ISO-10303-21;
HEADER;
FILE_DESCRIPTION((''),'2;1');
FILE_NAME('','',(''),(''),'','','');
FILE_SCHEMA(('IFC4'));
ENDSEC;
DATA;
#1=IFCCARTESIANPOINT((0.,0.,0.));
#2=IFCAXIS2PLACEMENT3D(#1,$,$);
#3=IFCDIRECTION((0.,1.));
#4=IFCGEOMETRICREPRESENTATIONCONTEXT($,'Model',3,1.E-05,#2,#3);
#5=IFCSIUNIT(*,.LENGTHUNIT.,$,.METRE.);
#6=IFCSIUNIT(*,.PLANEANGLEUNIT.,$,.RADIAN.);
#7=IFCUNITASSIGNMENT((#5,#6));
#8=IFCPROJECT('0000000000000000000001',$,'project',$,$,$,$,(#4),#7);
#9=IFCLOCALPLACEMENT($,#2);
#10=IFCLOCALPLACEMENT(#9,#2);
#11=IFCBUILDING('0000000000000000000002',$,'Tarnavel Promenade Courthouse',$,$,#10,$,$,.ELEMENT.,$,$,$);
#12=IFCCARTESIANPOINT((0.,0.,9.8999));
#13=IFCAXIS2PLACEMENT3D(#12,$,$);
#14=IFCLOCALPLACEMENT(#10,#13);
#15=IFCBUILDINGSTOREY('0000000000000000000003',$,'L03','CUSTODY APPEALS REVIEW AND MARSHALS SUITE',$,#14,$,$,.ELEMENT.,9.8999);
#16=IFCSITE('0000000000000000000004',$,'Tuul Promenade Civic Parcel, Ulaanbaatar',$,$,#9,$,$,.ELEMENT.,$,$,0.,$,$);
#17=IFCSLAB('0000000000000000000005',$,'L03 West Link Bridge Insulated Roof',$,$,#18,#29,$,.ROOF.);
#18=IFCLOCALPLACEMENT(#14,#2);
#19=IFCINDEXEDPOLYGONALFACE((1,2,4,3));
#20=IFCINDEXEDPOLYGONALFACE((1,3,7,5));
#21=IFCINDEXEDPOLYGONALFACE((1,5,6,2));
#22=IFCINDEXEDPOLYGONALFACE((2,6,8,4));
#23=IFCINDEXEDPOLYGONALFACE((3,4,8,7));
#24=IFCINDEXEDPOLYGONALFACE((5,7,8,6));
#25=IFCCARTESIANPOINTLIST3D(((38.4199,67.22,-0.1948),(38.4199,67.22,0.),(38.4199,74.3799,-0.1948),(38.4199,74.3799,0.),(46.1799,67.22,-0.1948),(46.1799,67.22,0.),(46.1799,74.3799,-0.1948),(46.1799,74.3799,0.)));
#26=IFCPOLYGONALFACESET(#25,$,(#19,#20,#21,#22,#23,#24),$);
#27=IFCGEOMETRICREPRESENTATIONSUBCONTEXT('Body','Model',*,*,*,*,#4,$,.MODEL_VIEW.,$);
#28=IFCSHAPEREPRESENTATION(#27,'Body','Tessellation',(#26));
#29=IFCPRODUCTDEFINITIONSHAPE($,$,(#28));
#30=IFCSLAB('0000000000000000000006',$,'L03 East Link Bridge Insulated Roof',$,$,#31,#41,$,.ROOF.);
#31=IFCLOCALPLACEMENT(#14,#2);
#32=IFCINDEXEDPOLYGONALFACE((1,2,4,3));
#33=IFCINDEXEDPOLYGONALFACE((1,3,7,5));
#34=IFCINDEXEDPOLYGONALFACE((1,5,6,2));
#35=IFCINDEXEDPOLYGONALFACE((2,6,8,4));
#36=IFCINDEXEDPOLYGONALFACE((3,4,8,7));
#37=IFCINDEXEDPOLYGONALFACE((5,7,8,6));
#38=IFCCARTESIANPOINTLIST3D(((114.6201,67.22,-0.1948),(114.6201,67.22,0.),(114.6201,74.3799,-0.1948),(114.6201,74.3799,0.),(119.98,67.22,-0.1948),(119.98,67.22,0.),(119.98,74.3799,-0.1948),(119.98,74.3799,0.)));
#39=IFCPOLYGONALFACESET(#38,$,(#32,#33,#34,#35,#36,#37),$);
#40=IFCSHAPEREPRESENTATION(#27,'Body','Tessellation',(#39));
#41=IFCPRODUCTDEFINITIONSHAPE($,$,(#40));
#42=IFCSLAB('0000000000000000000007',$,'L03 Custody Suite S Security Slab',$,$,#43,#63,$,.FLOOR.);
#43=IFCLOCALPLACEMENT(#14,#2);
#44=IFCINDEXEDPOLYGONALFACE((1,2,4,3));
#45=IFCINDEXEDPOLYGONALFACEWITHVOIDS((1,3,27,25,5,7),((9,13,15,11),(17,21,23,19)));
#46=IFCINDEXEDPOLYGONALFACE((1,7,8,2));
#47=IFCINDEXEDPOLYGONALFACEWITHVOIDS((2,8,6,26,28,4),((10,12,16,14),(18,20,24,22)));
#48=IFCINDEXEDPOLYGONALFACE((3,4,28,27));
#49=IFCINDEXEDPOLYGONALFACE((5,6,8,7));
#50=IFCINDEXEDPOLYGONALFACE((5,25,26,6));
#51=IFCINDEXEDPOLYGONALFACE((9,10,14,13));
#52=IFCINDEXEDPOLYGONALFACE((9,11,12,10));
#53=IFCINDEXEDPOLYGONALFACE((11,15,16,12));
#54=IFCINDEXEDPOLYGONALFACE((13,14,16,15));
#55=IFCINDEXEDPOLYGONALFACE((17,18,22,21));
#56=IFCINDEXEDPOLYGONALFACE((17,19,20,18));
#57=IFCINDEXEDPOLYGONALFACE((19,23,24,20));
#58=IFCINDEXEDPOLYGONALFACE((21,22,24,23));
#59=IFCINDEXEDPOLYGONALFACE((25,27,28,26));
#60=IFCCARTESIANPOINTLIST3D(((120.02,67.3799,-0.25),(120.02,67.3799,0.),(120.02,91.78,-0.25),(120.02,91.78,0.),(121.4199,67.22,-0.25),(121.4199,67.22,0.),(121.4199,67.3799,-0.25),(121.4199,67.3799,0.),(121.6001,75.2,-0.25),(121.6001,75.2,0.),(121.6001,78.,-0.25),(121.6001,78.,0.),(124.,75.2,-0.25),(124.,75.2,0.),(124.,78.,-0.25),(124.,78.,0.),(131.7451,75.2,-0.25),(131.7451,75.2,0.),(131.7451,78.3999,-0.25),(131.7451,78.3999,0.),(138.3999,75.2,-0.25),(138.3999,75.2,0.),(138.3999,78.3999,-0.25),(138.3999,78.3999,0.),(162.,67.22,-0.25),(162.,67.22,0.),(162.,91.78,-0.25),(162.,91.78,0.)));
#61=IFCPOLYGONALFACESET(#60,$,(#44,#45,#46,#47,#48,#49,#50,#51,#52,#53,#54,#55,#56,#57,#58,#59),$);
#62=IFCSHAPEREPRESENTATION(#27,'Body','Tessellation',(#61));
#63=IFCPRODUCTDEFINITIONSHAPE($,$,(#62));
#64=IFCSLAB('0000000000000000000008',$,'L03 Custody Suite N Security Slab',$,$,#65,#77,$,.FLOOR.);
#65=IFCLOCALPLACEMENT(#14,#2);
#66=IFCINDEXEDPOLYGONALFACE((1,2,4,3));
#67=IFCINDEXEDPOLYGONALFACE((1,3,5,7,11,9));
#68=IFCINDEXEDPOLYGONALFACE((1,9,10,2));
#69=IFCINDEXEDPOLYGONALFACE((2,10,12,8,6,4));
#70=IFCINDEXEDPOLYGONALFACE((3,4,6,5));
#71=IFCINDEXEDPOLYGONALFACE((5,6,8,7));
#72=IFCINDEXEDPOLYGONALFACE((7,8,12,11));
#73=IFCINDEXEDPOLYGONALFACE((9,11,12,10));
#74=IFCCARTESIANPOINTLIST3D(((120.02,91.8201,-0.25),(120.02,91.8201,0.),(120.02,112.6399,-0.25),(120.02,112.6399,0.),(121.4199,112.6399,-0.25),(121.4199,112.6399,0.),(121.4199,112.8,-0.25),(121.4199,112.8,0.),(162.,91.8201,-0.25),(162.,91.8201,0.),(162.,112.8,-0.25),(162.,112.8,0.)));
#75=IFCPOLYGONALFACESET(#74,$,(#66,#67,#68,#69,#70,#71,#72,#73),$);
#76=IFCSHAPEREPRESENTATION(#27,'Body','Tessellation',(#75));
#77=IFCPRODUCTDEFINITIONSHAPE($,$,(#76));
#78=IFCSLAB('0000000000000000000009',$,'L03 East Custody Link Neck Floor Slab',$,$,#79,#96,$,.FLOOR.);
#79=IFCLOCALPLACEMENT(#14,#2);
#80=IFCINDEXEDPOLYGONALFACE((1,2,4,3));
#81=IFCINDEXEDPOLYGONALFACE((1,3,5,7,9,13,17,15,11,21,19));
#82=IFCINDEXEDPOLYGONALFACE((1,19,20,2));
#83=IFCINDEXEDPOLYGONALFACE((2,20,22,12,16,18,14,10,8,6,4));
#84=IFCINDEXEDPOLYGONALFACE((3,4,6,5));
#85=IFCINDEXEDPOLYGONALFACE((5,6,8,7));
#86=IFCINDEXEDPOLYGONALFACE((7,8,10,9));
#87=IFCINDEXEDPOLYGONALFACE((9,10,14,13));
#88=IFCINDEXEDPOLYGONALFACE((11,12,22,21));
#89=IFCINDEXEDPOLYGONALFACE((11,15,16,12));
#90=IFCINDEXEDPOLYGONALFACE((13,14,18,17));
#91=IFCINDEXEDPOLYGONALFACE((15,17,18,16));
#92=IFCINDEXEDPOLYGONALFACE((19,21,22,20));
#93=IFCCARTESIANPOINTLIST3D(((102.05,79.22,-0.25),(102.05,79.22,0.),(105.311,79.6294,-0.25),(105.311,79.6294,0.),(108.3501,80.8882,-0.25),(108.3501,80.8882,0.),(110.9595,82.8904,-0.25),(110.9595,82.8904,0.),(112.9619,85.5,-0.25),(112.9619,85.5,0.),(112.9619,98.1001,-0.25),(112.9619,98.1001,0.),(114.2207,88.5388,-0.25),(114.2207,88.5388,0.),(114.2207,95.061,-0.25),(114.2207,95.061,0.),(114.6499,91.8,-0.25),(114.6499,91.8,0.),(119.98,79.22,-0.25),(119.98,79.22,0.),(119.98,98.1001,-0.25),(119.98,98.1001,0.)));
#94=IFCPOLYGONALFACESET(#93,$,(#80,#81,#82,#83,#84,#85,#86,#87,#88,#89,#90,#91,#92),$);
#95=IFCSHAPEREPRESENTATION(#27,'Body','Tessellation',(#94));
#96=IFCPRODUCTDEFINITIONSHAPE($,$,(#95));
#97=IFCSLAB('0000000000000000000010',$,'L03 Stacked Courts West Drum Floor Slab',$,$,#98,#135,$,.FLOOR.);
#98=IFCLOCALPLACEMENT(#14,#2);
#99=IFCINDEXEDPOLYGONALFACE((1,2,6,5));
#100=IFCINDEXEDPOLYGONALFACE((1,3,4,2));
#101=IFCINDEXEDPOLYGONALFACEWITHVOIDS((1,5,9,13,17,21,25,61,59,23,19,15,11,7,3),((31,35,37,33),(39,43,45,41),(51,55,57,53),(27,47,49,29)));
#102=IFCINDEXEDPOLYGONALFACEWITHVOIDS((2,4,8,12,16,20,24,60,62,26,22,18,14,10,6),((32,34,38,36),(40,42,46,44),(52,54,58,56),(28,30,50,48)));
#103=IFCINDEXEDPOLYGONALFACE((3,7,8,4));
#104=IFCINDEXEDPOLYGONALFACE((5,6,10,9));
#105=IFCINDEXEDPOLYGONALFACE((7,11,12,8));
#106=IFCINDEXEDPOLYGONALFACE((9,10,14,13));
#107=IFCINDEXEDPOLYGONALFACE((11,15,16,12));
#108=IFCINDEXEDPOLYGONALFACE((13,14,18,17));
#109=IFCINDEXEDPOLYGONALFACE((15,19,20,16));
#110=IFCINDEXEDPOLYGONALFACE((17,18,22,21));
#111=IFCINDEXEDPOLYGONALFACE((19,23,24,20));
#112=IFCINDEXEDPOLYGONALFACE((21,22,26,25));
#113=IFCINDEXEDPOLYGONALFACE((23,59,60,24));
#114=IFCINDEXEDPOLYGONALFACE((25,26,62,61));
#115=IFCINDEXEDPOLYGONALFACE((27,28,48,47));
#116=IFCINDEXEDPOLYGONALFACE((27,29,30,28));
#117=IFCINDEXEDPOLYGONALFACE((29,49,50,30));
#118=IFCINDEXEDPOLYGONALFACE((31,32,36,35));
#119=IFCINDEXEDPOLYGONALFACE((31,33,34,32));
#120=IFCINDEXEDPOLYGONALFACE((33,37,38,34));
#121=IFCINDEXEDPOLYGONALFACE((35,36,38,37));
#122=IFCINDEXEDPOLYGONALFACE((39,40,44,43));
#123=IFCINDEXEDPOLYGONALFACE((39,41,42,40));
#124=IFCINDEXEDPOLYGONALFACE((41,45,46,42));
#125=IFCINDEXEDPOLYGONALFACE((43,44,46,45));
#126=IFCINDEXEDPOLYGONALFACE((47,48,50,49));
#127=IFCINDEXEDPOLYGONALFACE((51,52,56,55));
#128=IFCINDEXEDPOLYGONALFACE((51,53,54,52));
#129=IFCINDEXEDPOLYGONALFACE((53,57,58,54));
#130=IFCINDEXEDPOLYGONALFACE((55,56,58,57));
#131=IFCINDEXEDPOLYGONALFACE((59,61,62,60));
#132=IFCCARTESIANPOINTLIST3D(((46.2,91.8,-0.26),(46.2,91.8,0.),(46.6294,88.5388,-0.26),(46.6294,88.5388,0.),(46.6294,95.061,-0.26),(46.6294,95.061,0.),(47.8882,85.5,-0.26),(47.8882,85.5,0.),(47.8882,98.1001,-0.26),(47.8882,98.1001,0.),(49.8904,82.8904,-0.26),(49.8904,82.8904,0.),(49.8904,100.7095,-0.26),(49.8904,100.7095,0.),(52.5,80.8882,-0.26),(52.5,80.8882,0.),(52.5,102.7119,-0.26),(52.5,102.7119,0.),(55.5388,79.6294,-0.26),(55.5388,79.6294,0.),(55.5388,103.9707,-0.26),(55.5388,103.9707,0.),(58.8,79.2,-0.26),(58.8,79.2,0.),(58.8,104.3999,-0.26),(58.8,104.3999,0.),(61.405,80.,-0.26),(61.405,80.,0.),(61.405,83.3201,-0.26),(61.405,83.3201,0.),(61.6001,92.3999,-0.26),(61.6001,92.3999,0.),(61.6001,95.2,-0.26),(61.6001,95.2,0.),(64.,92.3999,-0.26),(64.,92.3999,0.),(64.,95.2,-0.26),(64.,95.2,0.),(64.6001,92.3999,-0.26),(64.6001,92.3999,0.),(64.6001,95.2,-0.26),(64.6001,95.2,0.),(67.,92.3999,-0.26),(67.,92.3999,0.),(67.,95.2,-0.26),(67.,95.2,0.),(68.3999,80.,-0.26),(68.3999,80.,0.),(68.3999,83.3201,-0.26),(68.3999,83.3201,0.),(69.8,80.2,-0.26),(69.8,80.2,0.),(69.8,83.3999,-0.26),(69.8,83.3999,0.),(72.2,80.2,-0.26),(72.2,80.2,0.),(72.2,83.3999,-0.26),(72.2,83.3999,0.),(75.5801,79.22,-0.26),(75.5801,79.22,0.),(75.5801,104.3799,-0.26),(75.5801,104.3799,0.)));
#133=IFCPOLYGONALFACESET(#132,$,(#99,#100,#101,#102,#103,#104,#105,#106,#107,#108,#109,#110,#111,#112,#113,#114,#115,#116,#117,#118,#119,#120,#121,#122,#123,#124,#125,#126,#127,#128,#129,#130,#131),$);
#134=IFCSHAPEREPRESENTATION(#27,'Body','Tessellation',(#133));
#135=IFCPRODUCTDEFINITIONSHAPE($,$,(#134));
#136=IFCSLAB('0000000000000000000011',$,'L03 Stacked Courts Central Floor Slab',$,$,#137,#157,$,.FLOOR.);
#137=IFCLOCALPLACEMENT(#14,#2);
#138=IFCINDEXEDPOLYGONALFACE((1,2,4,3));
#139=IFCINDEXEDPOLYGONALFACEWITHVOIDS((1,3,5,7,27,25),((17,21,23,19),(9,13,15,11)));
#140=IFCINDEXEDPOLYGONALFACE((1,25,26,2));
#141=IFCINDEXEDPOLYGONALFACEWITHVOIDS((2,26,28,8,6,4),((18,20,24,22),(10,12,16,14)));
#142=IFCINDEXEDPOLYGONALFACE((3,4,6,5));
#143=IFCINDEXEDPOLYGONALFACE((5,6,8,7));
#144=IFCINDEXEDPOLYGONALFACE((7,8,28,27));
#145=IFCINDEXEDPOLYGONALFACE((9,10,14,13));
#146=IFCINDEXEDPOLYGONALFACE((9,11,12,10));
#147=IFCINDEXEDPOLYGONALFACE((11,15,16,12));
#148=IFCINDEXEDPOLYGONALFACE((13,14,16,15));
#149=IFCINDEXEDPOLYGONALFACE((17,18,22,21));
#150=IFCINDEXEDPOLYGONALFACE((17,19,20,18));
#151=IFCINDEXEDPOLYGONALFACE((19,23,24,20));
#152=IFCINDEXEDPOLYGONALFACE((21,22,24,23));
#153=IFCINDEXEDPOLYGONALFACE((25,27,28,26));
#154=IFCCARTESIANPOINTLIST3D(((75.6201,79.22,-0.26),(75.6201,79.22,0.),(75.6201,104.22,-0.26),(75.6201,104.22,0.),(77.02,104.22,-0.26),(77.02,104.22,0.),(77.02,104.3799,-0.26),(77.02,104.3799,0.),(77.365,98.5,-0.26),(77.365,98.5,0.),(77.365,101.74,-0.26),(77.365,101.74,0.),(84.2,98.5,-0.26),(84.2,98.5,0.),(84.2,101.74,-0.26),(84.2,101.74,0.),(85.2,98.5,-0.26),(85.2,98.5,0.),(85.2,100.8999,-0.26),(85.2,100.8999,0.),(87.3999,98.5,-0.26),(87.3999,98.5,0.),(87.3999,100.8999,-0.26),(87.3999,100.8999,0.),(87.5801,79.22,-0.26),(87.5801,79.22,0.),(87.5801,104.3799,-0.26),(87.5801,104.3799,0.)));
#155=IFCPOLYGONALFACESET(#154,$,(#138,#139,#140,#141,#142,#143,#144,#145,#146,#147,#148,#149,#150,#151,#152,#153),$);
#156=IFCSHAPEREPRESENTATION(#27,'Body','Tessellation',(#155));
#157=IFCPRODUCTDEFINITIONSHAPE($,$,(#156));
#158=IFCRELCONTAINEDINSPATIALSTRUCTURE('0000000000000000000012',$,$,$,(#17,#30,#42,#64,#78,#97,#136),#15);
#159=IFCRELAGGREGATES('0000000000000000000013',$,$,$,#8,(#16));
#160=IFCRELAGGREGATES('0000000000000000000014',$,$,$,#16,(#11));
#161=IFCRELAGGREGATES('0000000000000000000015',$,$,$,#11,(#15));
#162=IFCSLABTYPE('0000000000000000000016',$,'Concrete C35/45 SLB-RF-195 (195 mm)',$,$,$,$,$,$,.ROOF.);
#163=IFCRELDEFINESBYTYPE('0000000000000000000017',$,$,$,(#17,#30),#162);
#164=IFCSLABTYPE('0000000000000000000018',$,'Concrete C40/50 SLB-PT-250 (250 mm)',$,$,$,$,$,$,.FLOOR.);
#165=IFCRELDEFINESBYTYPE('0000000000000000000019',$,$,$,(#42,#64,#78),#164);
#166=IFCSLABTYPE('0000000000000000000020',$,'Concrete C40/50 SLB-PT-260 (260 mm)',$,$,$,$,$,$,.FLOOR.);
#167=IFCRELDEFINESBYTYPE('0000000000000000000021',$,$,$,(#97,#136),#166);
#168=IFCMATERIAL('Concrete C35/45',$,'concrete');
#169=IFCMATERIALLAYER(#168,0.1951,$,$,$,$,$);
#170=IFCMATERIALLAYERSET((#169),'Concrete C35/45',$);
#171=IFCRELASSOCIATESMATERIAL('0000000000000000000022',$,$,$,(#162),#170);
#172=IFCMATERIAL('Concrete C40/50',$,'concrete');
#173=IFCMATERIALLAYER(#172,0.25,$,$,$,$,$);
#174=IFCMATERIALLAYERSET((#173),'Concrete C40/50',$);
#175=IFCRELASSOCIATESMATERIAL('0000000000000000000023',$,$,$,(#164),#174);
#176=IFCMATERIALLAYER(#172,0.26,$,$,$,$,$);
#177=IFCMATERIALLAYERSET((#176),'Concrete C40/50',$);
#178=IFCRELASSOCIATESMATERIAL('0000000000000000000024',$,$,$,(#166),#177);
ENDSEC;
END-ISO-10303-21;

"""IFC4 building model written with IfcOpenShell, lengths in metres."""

from ifc_helpers import new_model, si_unit, direction, frame, origin, place, context, subcontext, project, spatial, polyline, outline, extrude, material, layer, layer_set, type_object, element, save


model = new_model("IFC4")

# Units and contexts
model_context = context("Model", 3, precision=1e-05, world=origin(), true_north=direction((0.0, 1.0)))
body_context = subcontext(model_context, "Body", "Model", "MODEL_VIEW")
ifc_project = project(units=[si_unit("LENGTHUNIT", "METRE"), si_unit("PLANEANGLEUNIT", "RADIAN")], contexts=[model_context])

# Site, building, storey
site_placement = place(None, origin())
site = spatial("IfcSite", under=ifc_project, at=site_placement, Name="Tuul Promenade Civic Parcel, Ulaanbaatar", CompositionType="ELEMENT", RefElevation=0.0)
building_placement = place(site_placement, origin())
building = spatial("IfcBuilding", under=site, at=building_placement, Name="Tarnavel Promenade Courthouse", CompositionType="ELEMENT")
storey_placement = place(building_placement, frame((0.0, 0.0, 9.8999)))
storey = spatial("IfcBuildingStorey", under=building, at=storey_placement, Name="L03", Description="CUSTODY APPEALS REVIEW AND MARSHALS SUITE", CompositionType="ELEMENT", Elevation=9.8999)

# Slabs
ifc_material_1 = material(Name="Concrete C35/45", Category="concrete")
ifc_layer_1 = layer(ifc_material_1, 0.1951)
ifc_layer_set_1 = layer_set([ifc_layer_1], Name="Concrete C35/45")
slab_type_1 = type_object("IfcSlabType", Name="Concrete C35/45 SLB-RF-195 (195 mm)", PredefinedType="ROOF", material=ifc_layer_set_1)
slab_1_placement = place(storey_placement, frame((0.0, 0.0, -0.1948)))
element("IfcSlab", 1, at=slab_1_placement, inside=storey, type_object=slab_type_1, Name="L03 West Link Bridge Insulated Roof", PredefinedType="ROOF", context=body_context, shape_type="SweptSolid", body=[
    extrude(outline(polyline([(38.4199, 67.22), (46.1799, 67.22), (46.1799, 74.3799), (38.4199, 74.3799), (38.4199, 67.22)])), origin(), (0.0, 0.0, 1.0), 0.1948),
])
slab_2_placement = place(storey_placement, frame((0.0, 0.0, -0.1948)))
element("IfcSlab", 2, at=slab_2_placement, inside=storey, type_object=slab_type_1, Name="L03 East Link Bridge Insulated Roof", PredefinedType="ROOF", context=body_context, shape_type="SweptSolid", body=[
    extrude(outline(polyline([(114.6201, 67.22), (119.98, 67.22), (119.98, 74.3799), (114.6201, 74.3799), (114.6201, 67.22)])), origin(), (0.0, 0.0, 1.0), 0.1948),
])
ifc_material_2 = material(Name="Concrete C40/50", Category="concrete")
ifc_layer_2 = layer(ifc_material_2, 0.25)
ifc_layer_set_2 = layer_set([ifc_layer_2], Name="Concrete C40/50")
slab_type_2 = type_object("IfcSlabType", Name="Concrete C40/50 SLB-PT-250 (250 mm)", PredefinedType="FLOOR", material=ifc_layer_set_2)
slab_3_placement = place(storey_placement, frame((0.0, 0.0, -0.25)))
element("IfcSlab", 3, at=slab_3_placement, inside=storey, type_object=slab_type_2, Name="L03 Custody Suite S Security Slab", PredefinedType="FLOOR", context=body_context, shape_type="SweptSolid", body=[
    extrude(outline(polyline([(120.02, 67.3799), (121.4199, 67.3799), (121.4199, 67.22), (162.0, 67.22), (162.0, 91.78), (120.02, 91.78), (120.02, 67.3799)]), holes=[polyline([(131.7451, 75.2), (138.3999, 75.2), (138.3999, 78.3999), (131.7451, 78.3999), (131.7451, 75.2)]), polyline([(121.6001, 75.2), (124.0, 75.2), (124.0, 78.0), (121.6001, 78.0), (121.6001, 75.2)])]), origin(), (0.0, 0.0, 1.0), 0.25),
])
slab_4_placement = place(storey_placement, frame((0.0, 0.0, -0.25)))
element("IfcSlab", 4, at=slab_4_placement, inside=storey, type_object=slab_type_2, Name="L03 Custody Suite N Security Slab", PredefinedType="FLOOR", context=body_context, shape_type="SweptSolid", body=[
    extrude(outline(polyline([(120.02, 91.8201), (162.0, 91.8201), (162.0, 112.8), (121.4199, 112.8), (121.4199, 112.6399), (120.02, 112.6399), (120.02, 91.8201)])), origin(), (0.0, 0.0, 1.0), 0.25),
])
slab_5_placement = place(storey_placement, frame((0.0, 0.0, -0.25)))
element("IfcSlab", 5, at=slab_5_placement, inside=storey, type_object=slab_type_2, Name="L03 East Custody Link Neck Floor Slab", PredefinedType="FLOOR", context=body_context, shape_type="SweptSolid", body=[
    extrude(outline(polyline([(102.05, 79.22), (119.98, 79.22), (119.98, 98.1001), (112.9619, 98.1001), (114.2207, 95.061), (114.6499, 91.8), (114.2207, 88.5388), (112.9619, 85.5), (110.9595, 82.8904), (108.3501, 80.8882), (105.311, 79.6294), (102.05, 79.22)])), origin(), (0.0, 0.0, 1.0), 0.25),
])
ifc_layer_3 = layer(ifc_material_2, 0.26)
ifc_layer_set_3 = layer_set([ifc_layer_3], Name="Concrete C40/50")
slab_type_3 = type_object("IfcSlabType", Name="Concrete C40/50 SLB-PT-260 (260 mm)", PredefinedType="FLOOR", material=ifc_layer_set_3)
slab_6_placement = place(storey_placement, frame((0.0, 0.0, -0.26)))
element("IfcSlab", 6, at=slab_6_placement, inside=storey, type_object=slab_type_3, Name="L03 Stacked Courts West Drum Floor Slab", PredefinedType="FLOOR", context=body_context, shape_type="SweptSolid", body=[
    extrude(outline(polyline([(75.5801, 79.22), (75.5801, 104.3799), (58.8, 104.3999), (55.5388, 103.9707), (52.5, 102.7119), (49.8904, 100.7095), (47.8882, 98.1001), (46.6294, 95.061), (46.2, 91.8), (46.6294, 88.5388), (47.8882, 85.5), (49.8904, 82.8904), (52.5, 80.8882), (55.5388, 79.6294), (58.8, 79.2), (75.5801, 79.22)]), holes=[polyline([(61.405, 80.0), (68.3999, 80.0), (68.3999, 83.3201), (61.405, 83.3201), (61.405, 80.0)]), polyline([(69.8, 80.2), (72.2, 80.2), (72.2, 83.3999), (69.8, 83.3999), (69.8, 80.2)]), polyline([(61.6001, 92.3999), (64.0, 92.3999), (64.0, 95.2), (61.6001, 95.2), (61.6001, 92.3999)]), polyline([(64.6001, 92.3999), (67.0, 92.3999), (67.0, 95.2), (64.6001, 95.2), (64.6001, 92.3999)])]), origin(), (0.0, 0.0, 1.0), 0.26),
])
slab_7_placement = place(storey_placement, frame((0.0, 0.0, -0.26)))
element("IfcSlab", 7, at=slab_7_placement, inside=storey, type_object=slab_type_3, Name="L03 Stacked Courts Central Floor Slab", PredefinedType="FLOOR", context=body_context, shape_type="SweptSolid", body=[
    extrude(outline(polyline([(75.6201, 79.22), (87.5801, 79.22), (87.5801, 104.3799), (77.02, 104.3799), (77.02, 104.22), (75.6201, 104.22), (75.6201, 79.22)]), holes=[polyline([(77.365, 98.5), (84.2, 98.5), (84.2, 101.74), (77.365, 101.74), (77.365, 98.5)]), polyline([(85.2, 98.5), (87.3999, 98.5), (87.3999, 100.8999), (85.2, 100.8999), (85.2, 98.5)])]), origin(), (0.0, 0.0, 1.0), 0.26),
])

save(model, "model.ifc")
